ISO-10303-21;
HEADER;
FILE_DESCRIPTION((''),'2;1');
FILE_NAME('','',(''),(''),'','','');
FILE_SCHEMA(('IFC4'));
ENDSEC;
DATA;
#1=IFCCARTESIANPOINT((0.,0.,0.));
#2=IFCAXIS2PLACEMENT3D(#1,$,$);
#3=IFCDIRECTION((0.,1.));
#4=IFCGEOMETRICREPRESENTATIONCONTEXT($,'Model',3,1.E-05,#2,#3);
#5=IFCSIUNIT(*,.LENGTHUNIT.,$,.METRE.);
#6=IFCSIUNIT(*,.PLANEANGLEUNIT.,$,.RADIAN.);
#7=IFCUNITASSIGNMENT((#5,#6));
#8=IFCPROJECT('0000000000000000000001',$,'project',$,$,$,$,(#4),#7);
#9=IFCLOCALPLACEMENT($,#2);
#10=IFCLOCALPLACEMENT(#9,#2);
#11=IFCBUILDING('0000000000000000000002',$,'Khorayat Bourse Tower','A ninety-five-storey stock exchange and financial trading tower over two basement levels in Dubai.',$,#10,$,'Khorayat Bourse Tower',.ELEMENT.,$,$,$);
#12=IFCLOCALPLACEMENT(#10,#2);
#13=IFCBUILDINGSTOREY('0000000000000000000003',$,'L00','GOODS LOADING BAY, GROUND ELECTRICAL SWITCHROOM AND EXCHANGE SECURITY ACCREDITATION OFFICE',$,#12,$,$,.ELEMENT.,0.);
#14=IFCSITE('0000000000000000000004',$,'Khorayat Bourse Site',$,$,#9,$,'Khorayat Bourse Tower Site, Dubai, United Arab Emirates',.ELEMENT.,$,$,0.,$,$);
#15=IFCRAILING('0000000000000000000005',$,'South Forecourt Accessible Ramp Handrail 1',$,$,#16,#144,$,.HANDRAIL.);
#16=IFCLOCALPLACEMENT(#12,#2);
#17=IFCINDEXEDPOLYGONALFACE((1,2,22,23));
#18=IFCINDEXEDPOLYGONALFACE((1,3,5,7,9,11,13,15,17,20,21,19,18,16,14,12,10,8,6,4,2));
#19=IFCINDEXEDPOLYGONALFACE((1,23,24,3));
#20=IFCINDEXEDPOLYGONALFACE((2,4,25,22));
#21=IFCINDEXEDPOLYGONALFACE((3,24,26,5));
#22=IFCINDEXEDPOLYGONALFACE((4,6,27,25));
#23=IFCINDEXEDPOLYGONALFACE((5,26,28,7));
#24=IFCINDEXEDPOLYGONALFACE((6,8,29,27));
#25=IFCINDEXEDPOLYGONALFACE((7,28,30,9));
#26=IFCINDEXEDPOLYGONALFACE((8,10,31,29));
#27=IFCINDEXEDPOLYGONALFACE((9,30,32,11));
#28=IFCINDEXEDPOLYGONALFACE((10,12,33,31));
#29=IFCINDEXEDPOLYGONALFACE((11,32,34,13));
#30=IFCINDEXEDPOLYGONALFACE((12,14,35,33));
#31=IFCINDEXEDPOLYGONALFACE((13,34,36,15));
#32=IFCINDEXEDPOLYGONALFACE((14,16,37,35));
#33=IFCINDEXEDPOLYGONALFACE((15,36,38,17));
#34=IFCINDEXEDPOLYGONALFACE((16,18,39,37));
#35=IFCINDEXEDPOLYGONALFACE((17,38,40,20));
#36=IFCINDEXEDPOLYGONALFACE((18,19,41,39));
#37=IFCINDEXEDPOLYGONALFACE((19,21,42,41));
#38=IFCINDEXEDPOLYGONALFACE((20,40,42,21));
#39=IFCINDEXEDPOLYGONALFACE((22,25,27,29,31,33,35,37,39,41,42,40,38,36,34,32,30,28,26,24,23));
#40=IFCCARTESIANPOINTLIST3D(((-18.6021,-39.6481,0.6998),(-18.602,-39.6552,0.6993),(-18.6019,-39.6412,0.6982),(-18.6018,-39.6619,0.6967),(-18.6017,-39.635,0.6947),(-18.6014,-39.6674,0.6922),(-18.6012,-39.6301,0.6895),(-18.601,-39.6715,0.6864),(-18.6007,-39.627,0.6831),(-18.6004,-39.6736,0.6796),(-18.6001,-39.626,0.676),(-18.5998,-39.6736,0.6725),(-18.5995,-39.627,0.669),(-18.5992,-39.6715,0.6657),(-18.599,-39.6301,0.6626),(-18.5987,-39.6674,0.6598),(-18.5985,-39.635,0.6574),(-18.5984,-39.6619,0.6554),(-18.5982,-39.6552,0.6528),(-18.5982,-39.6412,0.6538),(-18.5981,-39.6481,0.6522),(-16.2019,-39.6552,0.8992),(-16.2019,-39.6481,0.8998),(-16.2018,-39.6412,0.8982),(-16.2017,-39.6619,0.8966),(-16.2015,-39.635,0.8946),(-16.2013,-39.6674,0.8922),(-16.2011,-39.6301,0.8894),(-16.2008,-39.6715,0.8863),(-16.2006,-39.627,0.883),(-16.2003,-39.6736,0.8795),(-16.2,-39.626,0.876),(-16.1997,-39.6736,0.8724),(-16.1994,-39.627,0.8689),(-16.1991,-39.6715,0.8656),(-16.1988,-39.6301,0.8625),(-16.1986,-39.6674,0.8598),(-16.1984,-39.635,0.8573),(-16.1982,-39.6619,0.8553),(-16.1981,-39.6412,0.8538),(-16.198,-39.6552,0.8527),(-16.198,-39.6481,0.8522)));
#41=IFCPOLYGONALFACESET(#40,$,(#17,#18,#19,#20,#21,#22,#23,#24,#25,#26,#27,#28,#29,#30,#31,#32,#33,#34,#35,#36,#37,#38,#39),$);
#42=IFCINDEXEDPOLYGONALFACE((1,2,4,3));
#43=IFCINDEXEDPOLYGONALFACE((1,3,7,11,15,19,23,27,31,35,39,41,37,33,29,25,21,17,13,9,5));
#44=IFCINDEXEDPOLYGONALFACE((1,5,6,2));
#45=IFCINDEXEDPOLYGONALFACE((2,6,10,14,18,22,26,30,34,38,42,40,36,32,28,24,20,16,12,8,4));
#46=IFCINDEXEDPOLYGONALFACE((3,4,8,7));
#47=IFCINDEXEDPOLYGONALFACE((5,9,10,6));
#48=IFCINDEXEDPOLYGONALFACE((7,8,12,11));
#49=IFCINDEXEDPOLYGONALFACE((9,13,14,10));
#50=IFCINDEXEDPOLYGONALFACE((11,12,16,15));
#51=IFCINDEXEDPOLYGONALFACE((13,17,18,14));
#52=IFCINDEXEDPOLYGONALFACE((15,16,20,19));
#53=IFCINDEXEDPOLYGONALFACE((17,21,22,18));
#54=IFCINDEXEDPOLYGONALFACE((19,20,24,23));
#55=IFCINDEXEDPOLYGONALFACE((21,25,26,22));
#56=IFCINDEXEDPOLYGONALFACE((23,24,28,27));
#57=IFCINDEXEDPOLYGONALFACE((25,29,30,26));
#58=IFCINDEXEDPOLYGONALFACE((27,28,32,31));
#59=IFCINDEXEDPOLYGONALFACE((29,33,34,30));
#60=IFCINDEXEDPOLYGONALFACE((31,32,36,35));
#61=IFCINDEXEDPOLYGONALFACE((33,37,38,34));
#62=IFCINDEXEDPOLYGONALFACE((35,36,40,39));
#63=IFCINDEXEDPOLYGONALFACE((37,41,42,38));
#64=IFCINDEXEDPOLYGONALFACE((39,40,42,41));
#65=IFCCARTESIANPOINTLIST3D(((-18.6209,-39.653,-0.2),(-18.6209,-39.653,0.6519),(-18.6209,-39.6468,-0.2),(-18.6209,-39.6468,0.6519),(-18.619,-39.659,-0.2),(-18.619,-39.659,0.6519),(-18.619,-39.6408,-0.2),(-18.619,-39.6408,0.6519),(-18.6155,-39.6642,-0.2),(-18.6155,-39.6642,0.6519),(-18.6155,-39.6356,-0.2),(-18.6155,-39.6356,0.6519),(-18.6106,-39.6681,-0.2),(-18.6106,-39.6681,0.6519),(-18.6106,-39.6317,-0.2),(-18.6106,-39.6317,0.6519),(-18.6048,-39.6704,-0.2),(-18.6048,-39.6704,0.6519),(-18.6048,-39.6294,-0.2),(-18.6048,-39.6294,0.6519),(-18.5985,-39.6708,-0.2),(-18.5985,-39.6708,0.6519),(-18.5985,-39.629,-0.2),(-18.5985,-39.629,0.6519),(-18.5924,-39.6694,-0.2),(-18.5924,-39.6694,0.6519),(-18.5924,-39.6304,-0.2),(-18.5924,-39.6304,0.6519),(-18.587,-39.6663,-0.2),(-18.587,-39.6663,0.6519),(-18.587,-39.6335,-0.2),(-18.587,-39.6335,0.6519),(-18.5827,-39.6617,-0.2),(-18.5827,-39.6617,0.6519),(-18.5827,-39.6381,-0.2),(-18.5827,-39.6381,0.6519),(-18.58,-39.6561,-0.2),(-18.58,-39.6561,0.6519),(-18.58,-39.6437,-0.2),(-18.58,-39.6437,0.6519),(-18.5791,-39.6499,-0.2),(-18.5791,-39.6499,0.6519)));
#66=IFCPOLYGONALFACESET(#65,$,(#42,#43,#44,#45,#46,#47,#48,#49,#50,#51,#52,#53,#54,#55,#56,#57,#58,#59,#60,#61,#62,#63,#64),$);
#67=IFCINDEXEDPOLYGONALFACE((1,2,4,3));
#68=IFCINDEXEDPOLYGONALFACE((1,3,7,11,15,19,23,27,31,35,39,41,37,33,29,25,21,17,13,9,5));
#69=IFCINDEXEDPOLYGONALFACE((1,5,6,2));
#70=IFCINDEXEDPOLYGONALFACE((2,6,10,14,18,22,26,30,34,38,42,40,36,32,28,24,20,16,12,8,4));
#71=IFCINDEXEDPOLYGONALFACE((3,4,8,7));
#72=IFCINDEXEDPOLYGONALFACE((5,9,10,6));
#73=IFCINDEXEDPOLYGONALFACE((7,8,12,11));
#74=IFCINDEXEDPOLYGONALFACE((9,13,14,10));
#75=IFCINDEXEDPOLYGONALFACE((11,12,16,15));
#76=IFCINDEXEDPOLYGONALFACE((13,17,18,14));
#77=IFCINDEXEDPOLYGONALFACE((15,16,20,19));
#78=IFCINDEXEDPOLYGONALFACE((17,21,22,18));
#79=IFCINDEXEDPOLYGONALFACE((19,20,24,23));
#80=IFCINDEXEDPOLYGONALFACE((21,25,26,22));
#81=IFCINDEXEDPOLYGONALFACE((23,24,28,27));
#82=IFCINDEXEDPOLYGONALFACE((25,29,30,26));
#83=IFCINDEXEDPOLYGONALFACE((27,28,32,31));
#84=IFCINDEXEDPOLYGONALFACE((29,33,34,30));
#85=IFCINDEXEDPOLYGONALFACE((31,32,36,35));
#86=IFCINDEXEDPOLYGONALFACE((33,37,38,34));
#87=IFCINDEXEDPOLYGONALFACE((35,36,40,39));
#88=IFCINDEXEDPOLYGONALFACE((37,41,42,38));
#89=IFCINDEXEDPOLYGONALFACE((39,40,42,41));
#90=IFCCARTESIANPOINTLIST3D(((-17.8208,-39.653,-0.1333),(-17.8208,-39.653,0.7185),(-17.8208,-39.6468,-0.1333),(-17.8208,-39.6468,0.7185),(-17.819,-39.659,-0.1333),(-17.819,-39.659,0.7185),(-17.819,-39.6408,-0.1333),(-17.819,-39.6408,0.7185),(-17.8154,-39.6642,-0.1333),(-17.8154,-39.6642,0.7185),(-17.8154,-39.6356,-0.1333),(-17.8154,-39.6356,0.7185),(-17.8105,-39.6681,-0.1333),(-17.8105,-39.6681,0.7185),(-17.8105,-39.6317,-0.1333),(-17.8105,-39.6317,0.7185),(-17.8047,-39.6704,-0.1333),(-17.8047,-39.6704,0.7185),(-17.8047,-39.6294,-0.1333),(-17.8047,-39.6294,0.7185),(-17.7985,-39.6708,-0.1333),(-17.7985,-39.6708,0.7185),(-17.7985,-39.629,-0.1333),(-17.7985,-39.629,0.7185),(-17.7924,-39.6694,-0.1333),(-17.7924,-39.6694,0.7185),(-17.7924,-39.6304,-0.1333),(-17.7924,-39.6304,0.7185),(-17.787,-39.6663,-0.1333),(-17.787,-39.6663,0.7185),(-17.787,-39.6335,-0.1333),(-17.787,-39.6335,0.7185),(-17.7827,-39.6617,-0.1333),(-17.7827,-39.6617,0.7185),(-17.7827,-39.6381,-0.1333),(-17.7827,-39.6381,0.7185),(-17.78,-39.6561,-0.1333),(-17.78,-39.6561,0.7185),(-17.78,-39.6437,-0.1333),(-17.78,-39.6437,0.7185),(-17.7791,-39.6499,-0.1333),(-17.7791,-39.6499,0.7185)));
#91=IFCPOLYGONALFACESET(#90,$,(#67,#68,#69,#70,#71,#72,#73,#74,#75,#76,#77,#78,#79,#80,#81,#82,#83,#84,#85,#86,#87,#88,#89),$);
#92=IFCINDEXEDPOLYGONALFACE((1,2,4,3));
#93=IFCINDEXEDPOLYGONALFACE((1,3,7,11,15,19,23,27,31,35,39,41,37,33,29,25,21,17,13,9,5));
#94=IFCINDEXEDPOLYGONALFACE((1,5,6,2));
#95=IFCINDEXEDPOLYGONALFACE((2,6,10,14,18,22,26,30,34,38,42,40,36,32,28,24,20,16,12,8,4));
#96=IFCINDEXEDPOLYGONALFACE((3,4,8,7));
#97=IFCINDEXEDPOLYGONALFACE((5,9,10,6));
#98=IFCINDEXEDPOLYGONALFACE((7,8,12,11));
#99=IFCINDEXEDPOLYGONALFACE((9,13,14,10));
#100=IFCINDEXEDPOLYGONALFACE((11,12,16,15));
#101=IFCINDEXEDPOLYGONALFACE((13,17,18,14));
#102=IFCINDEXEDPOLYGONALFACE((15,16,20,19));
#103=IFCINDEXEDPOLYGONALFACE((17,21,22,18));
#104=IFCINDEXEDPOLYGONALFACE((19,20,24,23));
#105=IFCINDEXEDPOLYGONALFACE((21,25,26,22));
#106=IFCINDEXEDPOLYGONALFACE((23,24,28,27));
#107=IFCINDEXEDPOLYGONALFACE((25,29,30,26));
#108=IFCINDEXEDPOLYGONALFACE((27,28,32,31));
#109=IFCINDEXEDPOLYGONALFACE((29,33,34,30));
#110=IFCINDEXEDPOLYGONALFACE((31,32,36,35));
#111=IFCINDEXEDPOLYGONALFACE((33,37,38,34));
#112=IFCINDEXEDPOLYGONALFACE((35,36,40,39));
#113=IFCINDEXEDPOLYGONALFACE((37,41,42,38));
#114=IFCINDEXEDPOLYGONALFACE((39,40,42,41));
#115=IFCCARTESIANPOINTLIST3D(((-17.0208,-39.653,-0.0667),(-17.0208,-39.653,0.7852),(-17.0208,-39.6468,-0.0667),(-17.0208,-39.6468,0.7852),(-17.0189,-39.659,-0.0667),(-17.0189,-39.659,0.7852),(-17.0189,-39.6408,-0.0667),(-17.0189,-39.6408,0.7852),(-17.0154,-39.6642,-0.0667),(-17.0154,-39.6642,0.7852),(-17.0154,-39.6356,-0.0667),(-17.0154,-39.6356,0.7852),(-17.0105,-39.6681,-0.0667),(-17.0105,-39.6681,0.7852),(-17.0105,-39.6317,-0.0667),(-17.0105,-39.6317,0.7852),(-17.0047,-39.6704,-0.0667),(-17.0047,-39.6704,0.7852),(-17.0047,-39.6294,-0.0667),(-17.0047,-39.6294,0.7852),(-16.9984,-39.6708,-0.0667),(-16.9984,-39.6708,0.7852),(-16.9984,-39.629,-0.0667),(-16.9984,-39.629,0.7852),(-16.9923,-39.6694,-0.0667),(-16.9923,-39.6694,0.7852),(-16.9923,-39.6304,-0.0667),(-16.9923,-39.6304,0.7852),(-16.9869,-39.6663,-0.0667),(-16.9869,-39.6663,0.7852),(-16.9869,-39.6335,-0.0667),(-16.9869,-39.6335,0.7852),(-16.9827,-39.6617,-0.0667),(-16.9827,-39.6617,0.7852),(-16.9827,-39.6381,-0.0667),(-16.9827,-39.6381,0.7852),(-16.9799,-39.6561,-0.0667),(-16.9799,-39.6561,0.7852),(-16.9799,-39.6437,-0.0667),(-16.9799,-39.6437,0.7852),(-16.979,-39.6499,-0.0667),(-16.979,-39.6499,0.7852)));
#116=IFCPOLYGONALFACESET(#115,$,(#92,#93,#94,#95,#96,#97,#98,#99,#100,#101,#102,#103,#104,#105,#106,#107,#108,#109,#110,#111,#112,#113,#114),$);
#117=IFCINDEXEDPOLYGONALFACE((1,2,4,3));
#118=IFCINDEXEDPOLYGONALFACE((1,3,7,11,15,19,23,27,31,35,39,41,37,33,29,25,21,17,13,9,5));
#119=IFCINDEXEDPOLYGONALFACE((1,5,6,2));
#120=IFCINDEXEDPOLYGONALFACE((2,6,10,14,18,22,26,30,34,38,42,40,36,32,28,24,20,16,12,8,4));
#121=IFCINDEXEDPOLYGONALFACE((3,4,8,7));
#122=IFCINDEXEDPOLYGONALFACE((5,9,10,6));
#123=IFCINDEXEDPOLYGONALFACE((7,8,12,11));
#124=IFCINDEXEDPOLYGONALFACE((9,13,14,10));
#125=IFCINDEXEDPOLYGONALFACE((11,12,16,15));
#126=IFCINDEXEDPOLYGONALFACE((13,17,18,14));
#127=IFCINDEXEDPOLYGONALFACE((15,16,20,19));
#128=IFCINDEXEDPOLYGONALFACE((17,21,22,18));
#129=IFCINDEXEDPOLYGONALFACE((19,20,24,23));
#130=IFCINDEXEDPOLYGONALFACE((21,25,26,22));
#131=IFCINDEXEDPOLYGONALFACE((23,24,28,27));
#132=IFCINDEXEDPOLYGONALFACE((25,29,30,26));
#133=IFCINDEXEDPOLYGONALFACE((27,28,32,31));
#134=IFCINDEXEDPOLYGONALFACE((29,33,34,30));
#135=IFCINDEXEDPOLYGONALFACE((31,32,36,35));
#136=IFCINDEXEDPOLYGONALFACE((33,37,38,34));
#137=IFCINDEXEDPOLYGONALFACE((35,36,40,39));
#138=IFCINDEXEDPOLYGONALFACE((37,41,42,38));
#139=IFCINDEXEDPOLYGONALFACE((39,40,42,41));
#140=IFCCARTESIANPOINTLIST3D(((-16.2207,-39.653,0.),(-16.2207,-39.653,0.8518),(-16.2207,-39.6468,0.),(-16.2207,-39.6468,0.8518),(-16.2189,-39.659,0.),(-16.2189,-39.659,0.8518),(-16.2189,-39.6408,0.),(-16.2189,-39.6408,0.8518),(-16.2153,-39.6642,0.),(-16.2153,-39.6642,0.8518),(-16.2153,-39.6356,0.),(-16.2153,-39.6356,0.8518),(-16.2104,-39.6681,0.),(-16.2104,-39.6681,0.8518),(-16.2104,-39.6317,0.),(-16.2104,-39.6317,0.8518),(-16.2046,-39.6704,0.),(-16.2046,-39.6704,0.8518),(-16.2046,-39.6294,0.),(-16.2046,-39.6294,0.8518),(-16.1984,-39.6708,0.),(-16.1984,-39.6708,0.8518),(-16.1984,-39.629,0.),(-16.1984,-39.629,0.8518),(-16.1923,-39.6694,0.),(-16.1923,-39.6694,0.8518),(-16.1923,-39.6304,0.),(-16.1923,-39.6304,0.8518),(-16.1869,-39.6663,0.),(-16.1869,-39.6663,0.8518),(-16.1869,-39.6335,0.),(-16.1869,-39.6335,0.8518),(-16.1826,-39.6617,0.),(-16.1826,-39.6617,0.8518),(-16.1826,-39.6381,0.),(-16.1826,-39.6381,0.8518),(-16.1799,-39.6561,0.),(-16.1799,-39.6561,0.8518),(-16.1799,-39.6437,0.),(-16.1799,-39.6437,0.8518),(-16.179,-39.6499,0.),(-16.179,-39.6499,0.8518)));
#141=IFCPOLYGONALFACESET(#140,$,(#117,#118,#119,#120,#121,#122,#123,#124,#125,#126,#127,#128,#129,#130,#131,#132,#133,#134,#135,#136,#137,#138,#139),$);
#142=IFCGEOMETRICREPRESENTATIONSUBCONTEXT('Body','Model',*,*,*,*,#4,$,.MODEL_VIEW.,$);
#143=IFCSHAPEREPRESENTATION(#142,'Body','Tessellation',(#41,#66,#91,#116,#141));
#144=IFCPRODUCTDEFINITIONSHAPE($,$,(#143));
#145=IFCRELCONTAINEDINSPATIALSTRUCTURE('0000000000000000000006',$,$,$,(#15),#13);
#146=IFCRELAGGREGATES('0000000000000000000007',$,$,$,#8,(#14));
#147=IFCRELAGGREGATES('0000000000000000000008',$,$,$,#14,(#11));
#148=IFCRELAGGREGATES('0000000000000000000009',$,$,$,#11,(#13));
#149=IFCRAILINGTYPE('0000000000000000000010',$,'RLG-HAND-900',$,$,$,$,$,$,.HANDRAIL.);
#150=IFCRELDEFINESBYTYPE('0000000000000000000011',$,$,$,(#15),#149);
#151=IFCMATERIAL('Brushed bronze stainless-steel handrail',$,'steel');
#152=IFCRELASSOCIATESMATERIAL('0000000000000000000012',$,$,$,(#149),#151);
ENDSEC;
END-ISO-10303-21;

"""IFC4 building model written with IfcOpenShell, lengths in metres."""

from ifc_helpers import new_model, si_unit, direction, frame, origin, origin_2d, place, context, subcontext, project, spatial, circle, extrude, source, transform, mapped, material, type_object, element, save


model = new_model("IFC4")

# Units and contexts
model_context = context("Model", 3, precision=1e-05, world=origin(), true_north=direction((0.0, 1.0)))
body_context = subcontext(model_context, "Body", "Model", "MODEL_VIEW")
ifc_project = project(units=[si_unit("LENGTHUNIT", "METRE"), si_unit("PLANEANGLEUNIT", "RADIAN")], contexts=[model_context])

# Site, building, storey
site_placement = place(None, origin())
site = spatial("IfcSite", under=ifc_project, at=site_placement, Name="Khorayat Bourse Site", LongName="Khorayat Bourse Tower Site, Dubai, United Arab Emirates", CompositionType="ELEMENT", RefElevation=0.0)
building_placement = place(site_placement, origin())
building = spatial("IfcBuilding", under=site, at=building_placement, Name="Khorayat Bourse Tower", Description="A ninety-five-storey stock exchange and financial trading tower over two basement levels in Dubai.", LongName="Khorayat Bourse Tower", CompositionType="ELEMENT")
storey_placement = place(building_placement, origin())
storey = spatial("IfcBuildingStorey", under=building, at=storey_placement, Name="L00", Description="GOODS LOADING BAY, GROUND ELECTRICAL SWITCHROOM AND EXCHANGE SECURITY ACCREDITATION OFFICE", CompositionType="ELEMENT", Elevation=0.0)

# Railing
ifc_material_1 = material(Name="Brushed bronze stainless-steel handrail", Category="steel")
railing_type = type_object("IfcRailingType", Name="RLG-HAND-900", PredefinedType="HANDRAIL", material=ifc_material_1)
shared_shape_1 = source(origin(), body_context, "Body", "SweptSolid", [
    extrude(circle(Radius=0.0239, at=origin_2d()), frame((0.0, 0.0, 0.876), z_axis=(0.996548, 0.0, 0.08302), x_axis=(0.0, 1.0, 0.0)), (0.0, 0.0, 1.0), 2.4084),
    extrude(circle(Radius=0.021, at=origin_2d()), origin(), (0.0, 0.0, 1.0), 0.8518),
    extrude(circle(Radius=0.021, at=origin_2d()), frame((0.8, 0.0, 0.0667)), (0.0, 0.0, 1.0), 0.8518),
    extrude(circle(Radius=0.021, at=origin_2d()), frame((1.6001, 0.0, 0.1333)), (0.0, 0.0, 1.0), 0.8518),
    extrude(circle(Radius=0.021, at=origin_2d()), frame((2.4001, 0.0, 0.2)), (0.0, 0.0, 1.0), 0.8518),
])
for number, where, name in (
    (1, (-18.6001, -39.6499, -0.2), "South Forecourt Accessible Ramp Handrail 1"),
):
    element("IfcRailing", number, at=place(storey_placement, frame(where)), inside=storey, type_object=railing_type, Name=name, PredefinedType="HANDRAIL", context=body_context, shape_type="MappedRepresentation", body=[
        mapped(shared_shape_1, transform((0.0, 0.0, 0.0), scale=1.0)),
    ])

save(model, "model.ifc")
